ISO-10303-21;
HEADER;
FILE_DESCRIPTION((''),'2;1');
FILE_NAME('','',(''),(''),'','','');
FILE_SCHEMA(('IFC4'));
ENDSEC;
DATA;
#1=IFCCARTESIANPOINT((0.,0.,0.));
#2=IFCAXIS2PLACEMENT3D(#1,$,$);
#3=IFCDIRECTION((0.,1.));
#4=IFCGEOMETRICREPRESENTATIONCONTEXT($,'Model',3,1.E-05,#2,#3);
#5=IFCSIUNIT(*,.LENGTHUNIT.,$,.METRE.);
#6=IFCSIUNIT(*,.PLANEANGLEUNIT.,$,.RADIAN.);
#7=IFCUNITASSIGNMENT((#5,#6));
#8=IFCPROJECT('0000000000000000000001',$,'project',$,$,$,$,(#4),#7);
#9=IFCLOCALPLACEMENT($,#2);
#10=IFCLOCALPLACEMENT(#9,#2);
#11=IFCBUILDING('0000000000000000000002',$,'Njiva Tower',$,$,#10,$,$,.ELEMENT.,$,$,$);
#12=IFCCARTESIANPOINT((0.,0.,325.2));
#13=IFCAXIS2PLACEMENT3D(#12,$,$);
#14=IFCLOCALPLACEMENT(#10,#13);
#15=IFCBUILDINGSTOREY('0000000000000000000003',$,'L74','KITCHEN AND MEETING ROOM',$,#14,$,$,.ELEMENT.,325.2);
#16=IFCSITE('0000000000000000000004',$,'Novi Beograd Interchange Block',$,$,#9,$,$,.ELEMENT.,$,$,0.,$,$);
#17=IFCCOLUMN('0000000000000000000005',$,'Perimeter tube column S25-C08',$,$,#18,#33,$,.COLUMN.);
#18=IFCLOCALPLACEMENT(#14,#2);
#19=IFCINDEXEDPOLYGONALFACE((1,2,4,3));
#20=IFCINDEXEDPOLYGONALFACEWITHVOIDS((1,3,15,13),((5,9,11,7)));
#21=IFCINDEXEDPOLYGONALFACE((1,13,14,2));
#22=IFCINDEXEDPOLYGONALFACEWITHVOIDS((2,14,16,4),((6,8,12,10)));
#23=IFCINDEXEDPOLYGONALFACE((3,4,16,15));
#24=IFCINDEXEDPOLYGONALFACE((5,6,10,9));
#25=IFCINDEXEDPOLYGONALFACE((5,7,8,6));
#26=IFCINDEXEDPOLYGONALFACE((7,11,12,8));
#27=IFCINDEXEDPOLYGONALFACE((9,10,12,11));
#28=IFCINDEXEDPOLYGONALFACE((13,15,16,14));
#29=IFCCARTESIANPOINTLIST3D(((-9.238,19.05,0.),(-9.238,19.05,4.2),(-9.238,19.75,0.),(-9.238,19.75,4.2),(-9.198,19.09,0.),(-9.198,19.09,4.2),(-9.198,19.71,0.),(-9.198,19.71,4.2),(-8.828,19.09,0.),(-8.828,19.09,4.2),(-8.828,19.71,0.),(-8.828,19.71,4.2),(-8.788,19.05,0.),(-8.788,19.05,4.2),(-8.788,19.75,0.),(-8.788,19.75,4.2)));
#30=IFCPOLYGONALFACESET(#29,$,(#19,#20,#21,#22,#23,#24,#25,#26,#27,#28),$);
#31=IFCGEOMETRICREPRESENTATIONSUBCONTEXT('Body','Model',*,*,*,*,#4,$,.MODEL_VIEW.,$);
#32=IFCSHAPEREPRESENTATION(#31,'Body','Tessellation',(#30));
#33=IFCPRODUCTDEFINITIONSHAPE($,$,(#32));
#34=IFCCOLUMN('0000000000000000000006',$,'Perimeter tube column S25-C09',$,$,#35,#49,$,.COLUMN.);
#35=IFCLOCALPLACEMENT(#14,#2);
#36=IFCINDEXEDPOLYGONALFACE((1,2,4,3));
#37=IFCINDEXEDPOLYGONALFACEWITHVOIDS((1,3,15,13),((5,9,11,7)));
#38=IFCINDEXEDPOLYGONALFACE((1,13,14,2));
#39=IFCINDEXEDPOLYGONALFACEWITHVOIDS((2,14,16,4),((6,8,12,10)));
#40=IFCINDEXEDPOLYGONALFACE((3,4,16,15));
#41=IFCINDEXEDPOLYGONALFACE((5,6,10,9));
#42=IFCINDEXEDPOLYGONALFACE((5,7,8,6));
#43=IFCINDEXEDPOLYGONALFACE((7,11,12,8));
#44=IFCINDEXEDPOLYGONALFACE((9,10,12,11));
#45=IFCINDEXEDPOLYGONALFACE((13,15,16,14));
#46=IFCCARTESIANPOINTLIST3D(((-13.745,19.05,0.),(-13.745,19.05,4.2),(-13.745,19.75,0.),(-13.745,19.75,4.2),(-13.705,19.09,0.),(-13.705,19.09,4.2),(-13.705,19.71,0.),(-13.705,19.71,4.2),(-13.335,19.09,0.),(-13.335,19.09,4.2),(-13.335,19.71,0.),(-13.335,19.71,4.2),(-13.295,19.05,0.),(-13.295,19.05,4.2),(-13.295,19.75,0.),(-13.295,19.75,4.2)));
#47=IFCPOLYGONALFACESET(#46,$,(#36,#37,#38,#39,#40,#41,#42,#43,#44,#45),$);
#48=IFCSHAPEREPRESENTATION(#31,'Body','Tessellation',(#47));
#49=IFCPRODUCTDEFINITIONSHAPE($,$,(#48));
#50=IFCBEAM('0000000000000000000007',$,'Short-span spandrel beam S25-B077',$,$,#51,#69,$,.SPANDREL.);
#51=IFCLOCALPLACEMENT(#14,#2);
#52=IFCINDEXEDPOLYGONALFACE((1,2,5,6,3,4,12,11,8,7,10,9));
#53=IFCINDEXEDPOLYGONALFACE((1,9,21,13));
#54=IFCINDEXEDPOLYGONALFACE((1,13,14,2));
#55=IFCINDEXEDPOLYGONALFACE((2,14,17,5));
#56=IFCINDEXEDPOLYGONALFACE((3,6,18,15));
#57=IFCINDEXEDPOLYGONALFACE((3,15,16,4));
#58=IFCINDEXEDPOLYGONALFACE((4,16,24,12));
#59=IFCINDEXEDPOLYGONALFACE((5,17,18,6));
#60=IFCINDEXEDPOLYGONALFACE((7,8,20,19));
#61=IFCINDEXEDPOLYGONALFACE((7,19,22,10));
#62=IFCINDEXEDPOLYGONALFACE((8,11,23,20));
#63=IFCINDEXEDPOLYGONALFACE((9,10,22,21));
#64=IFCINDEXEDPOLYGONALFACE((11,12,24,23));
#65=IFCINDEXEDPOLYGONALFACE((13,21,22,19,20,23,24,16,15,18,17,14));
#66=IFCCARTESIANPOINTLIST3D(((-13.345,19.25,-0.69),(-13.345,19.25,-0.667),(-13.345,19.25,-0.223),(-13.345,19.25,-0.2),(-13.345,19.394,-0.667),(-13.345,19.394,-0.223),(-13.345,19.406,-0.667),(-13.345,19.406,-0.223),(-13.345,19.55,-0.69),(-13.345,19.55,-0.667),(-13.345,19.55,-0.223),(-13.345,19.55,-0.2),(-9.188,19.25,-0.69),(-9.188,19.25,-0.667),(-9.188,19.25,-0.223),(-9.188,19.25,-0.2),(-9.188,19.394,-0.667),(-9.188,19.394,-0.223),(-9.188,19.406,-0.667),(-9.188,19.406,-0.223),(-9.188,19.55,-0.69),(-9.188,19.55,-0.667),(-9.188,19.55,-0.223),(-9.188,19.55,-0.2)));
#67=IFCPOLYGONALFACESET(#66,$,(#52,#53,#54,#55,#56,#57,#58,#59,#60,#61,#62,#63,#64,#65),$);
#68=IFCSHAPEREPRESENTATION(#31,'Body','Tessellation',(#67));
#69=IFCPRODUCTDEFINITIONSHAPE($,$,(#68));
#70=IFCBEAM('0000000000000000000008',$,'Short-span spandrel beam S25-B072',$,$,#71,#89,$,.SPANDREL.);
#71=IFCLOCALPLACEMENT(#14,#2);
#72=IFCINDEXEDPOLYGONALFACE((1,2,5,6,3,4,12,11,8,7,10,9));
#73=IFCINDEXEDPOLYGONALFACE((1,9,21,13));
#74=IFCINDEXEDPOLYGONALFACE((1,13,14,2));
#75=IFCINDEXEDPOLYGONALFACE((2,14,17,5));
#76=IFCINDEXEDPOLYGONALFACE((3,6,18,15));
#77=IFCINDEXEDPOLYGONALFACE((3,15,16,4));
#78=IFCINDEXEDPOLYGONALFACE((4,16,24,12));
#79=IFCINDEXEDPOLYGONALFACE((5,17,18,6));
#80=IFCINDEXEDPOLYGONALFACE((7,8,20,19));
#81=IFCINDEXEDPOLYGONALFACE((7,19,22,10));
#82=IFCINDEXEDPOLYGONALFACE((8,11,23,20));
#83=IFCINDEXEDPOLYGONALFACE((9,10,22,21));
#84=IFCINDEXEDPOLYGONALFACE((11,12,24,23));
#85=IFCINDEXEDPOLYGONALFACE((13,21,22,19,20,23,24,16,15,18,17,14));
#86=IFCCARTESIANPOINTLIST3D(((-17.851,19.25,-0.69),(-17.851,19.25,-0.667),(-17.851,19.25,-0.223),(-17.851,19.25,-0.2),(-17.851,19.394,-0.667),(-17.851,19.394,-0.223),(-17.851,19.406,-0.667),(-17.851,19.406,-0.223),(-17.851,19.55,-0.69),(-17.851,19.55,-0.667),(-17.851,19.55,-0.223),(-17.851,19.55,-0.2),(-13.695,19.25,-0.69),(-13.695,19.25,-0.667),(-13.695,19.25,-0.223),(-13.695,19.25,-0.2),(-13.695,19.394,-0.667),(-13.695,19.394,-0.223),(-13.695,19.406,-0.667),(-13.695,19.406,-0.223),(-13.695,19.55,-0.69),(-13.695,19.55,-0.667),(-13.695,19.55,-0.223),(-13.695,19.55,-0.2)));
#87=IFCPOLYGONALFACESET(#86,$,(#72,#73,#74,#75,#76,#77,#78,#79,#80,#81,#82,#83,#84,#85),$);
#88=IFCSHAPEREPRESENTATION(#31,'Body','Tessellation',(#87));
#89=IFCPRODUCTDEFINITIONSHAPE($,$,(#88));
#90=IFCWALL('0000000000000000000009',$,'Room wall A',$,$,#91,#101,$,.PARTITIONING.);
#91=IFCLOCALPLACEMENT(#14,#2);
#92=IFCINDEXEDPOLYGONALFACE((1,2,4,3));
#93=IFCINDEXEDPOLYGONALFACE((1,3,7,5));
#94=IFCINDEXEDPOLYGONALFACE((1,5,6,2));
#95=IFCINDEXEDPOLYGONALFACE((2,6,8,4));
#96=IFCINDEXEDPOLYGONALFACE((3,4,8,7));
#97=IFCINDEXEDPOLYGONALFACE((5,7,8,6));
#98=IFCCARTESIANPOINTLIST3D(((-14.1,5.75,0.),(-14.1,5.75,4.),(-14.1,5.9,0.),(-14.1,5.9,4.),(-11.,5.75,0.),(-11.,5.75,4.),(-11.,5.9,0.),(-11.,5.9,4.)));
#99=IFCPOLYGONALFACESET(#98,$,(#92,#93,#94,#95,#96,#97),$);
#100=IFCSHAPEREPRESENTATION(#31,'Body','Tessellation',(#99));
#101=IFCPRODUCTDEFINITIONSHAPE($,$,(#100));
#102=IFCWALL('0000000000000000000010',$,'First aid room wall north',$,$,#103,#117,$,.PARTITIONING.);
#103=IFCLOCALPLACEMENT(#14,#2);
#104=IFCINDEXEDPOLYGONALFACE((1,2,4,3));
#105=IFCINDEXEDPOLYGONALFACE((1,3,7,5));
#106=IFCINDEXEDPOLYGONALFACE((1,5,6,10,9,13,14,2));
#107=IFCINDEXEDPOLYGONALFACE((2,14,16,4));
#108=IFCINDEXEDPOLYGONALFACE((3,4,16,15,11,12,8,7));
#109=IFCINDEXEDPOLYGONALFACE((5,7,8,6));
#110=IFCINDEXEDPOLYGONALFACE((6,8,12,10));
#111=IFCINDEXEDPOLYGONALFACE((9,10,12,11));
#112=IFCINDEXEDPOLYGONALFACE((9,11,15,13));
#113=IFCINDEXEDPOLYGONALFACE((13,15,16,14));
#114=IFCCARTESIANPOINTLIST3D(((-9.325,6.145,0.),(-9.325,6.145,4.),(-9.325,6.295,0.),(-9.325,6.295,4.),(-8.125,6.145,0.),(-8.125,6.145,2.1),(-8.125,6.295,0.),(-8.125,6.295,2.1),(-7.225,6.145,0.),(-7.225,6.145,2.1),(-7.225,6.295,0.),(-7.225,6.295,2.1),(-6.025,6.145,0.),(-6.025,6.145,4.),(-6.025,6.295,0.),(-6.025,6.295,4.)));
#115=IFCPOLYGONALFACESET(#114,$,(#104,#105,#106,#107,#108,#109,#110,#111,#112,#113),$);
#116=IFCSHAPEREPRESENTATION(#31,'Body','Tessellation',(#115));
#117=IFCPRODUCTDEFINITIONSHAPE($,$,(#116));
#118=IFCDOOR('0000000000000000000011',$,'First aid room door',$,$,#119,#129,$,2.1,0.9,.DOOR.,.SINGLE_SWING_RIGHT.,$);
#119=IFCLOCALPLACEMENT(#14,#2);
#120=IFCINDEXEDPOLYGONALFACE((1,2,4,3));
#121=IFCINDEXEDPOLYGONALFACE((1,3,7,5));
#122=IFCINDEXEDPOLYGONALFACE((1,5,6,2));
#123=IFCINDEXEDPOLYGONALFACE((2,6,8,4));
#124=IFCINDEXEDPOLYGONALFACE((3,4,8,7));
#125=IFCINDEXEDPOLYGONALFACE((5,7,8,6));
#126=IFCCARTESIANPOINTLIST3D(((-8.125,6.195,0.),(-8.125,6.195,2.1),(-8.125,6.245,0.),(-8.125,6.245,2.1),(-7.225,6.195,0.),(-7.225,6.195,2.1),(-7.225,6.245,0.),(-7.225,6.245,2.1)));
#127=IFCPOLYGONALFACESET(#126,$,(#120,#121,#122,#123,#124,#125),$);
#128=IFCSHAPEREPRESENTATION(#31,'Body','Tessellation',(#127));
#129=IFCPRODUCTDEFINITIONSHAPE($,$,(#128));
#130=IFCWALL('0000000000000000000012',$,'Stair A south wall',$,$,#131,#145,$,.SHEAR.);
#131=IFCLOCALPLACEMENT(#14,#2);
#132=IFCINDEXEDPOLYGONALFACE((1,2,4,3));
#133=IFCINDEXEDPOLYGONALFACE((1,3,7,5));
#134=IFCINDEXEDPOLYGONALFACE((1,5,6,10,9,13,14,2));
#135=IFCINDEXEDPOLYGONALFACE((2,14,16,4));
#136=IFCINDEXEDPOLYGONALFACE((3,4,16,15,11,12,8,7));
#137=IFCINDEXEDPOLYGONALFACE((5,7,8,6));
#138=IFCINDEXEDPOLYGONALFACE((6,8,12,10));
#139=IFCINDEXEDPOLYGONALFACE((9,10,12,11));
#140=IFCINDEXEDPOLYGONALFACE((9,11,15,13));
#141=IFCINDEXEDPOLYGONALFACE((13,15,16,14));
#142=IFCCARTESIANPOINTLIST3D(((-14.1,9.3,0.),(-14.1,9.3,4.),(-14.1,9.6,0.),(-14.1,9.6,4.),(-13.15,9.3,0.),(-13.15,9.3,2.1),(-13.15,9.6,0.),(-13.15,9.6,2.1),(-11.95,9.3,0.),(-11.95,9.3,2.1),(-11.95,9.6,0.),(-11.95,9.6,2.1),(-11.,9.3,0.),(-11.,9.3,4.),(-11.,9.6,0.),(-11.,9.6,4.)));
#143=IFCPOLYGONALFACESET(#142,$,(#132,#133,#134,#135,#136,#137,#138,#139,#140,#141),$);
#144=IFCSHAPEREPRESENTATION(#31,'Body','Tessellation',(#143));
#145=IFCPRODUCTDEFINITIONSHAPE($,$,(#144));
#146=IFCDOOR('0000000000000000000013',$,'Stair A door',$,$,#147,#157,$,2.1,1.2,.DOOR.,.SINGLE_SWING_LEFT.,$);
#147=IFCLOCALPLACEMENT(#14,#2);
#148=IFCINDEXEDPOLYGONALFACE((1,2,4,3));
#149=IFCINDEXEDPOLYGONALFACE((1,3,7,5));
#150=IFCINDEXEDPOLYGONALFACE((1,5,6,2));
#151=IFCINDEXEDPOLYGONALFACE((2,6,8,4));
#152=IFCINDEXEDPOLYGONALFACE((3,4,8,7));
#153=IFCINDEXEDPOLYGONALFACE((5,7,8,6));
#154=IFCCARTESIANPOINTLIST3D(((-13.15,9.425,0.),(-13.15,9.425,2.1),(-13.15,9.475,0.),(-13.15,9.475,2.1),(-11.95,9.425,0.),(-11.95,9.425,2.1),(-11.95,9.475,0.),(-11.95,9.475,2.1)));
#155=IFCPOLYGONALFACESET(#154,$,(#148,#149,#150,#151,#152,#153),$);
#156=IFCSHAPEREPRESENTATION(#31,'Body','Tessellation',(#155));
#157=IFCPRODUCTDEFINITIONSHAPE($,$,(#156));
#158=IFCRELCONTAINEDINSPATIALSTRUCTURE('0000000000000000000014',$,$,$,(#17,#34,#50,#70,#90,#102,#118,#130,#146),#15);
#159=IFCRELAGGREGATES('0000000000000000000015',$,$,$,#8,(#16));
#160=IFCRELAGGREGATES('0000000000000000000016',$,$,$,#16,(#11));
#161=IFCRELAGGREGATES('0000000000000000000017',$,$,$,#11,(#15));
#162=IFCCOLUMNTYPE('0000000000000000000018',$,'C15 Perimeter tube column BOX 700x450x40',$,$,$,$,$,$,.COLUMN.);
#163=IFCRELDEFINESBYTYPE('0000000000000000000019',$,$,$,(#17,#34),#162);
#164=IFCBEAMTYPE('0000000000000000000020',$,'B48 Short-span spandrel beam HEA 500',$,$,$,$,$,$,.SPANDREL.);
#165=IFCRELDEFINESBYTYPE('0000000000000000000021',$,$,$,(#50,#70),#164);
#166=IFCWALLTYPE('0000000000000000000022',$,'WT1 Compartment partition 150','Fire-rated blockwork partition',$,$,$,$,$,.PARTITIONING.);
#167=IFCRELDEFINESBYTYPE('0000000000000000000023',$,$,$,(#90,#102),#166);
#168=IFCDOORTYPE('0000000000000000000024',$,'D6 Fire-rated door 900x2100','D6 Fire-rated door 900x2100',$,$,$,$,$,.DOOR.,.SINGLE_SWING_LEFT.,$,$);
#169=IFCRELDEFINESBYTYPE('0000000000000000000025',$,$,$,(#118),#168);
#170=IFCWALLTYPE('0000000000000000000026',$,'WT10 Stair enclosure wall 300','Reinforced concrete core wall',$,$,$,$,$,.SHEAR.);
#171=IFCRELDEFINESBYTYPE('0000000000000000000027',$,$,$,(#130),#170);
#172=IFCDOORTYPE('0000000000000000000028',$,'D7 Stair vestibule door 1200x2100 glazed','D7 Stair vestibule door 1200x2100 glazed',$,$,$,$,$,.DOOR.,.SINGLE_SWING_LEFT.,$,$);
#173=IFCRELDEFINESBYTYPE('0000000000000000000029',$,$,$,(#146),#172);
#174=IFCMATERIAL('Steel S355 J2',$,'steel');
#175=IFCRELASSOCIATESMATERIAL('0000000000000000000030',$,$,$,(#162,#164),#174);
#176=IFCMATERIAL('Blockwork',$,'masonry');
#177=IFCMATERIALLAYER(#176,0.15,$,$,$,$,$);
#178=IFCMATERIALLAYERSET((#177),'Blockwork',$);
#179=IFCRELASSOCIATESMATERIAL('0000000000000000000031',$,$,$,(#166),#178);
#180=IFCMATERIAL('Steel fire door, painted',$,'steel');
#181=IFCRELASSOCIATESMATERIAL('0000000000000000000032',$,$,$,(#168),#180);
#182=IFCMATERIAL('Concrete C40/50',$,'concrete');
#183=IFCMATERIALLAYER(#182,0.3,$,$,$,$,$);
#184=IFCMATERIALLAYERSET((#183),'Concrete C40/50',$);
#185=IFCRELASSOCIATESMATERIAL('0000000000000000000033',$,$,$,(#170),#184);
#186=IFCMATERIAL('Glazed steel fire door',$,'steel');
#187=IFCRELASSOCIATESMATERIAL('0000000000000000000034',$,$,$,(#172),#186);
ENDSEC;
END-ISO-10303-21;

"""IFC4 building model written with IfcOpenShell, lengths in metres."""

from ifc_helpers import new_model, si_unit, direction, frame, frame_2d, origin, origin_2d, place, context, subcontext, project, spatial, rectangle, hollow_rectangle, i_section, extrude, material, layer, layer_set, material_profile, profile_set, type_object, element, fill, save


model = new_model("IFC4")

# Units and contexts
model_context = context("Model", 3, precision=1e-05, world=origin(), true_north=direction((0.0, 1.0)))
body_context = subcontext(model_context, "Body", "Model", "MODEL_VIEW")
ifc_project = project(units=[si_unit("LENGTHUNIT", "METRE"), si_unit("PLANEANGLEUNIT", "RADIAN")], contexts=[model_context])

# Site, building, storey
site_placement = place(None, origin())
site = spatial("IfcSite", under=ifc_project, at=site_placement, Name="Novi Beograd Interchange Block", CompositionType="ELEMENT", RefElevation=0.0)
building_placement = place(site_placement, origin())
building = spatial("IfcBuilding", under=site, at=building_placement, Name="Njiva Tower", CompositionType="ELEMENT")
storey_placement = place(building_placement, frame((0.0, 0.0, 325.2)))
storey = spatial("IfcBuildingStorey", under=building, at=storey_placement, Name="L74", Description="KITCHEN AND MEETING ROOM", CompositionType="ELEMENT", Elevation=325.2)

# Columns
ifc_material_1 = material(Name="Steel S355 J2", Category="steel")
ifc_material_profile_1 = material_profile(ifc_material_1, hollow_rectangle(XDim=0.45, YDim=0.7, WallThickness=0.04, at=origin_2d()), Name="BOX 700x450x40")
ifc_profile_set_1 = profile_set([ifc_material_profile_1], Name="Steel S355 J2")
column_type = type_object("IfcColumnType", Name="C15 Perimeter tube column BOX 700x450x40", PredefinedType="COLUMN", material=ifc_profile_set_1)
for number, where, z_axis, x_axis, name in (
    (1, (-9.013, 19.4, 0.0), (0.0, 0.0, 1.0), (-1.0, 0.0, 0.0), "Perimeter tube column S25-C08"),
    (2, (-13.52, 19.4, 0.0), (0.0, 0.0, 1.0), (-1.0, 0.0, 0.0), "Perimeter tube column S25-C09"),
):
    element("IfcColumn", number, at=place(storey_placement, frame(where, z_axis=z_axis, x_axis=x_axis)), inside=storey, type_object=column_type, Name=name, PredefinedType="COLUMN", context=body_context, shape_type="SweptSolid", body=[
        extrude(hollow_rectangle(XDim=0.45, YDim=0.7, WallThickness=0.04, at=origin_2d()), origin(), (0.0, 0.0, 1.0), 4.2),
    ])

# Beams
ifc_material_profile_2 = material_profile(ifc_material_1, i_section(OverallWidth=0.3, OverallDepth=0.49, WebThickness=0.012, FlangeThickness=0.023, at=origin_2d()), Name="HEA 500")
ifc_profile_set_2 = profile_set([ifc_material_profile_2], Name="Steel S355 J2")
beam_type = type_object("IfcBeamType", Name="B48 Short-span spandrel beam HEA 500", PredefinedType="SPANDREL", material=ifc_profile_set_2)
beam_1_placement = place(storey_placement, frame((-9.188, 19.4, -0.445), z_axis=(-1.0, 0.0, 0.0), x_axis=(0.0, -1.0, 0.0)))
element("IfcBeam", 3, at=beam_1_placement, inside=storey, type_object=beam_type, Name="Short-span spandrel beam S25-B077", PredefinedType="SPANDREL", context=body_context, shape_type="SweptSolid", body=[
    extrude(i_section(OverallWidth=0.3, OverallDepth=0.49, WebThickness=0.012, FlangeThickness=0.023, at=origin_2d()), origin(), (0.0, 0.0, 1.0), 4.157),
])
beam_2_placement = place(storey_placement, frame((-13.695, 19.4, -0.445), z_axis=(-1.0, 0.0, 0.0), x_axis=(0.0, -1.0, 0.0)))
element("IfcBeam", 4, at=beam_2_placement, inside=storey, type_object=beam_type, Name="Short-span spandrel beam S25-B072", PredefinedType="SPANDREL", context=body_context, shape_type="SweptSolid", body=[
    extrude(i_section(OverallWidth=0.3, OverallDepth=0.49, WebThickness=0.012, FlangeThickness=0.023, at=origin_2d()), origin(), (0.0, 0.0, 1.0), 4.156),
])

# Wall
ifc_material_2 = material(Name="Blockwork", Category="masonry")
ifc_layer_1 = layer(ifc_material_2, 0.15)
ifc_layer_set_1 = layer_set([ifc_layer_1], Name="Blockwork")
wall_type_1 = type_object("IfcWallType", Name="WT1 Compartment partition 150", Description="Fire-rated blockwork partition", PredefinedType="PARTITIONING", material=ifc_layer_set_1)
wall_1_placement = place(storey_placement, frame((-14.1, 5.825, 0.0), z_axis=(0.0, 0.0, 1.0), x_axis=(1.0, 0.0, 0.0)))
element("IfcWall", 5, at=wall_1_placement, inside=storey, type_object=wall_type_1, Name="Room wall A", PredefinedType="PARTITIONING", context=body_context, shape_type="SweptSolid", body=[
    extrude(rectangle(XDim=3.1, YDim=0.15, at=frame_2d((1.55, 0.0))), origin(), (0.0, 0.0, 1.0), 4.0),
])

# Walls, openings, doors
wall_2_placement = place(storey_placement, frame((-9.325, 6.22, 0.0), z_axis=(0.0, 0.0, 1.0), x_axis=(1.0, 0.0, 0.0)))
wall_2 = element("IfcWall", 6, at=wall_2_placement, inside=storey, type_object=wall_type_1, Name="First aid room wall north", PredefinedType="PARTITIONING", context=body_context, shape_type="SweptSolid", body=[
    extrude(rectangle(XDim=3.3, YDim=0.15, at=frame_2d((1.65, 0.0))), origin(), (0.0, 0.0, 1.0), 4.0),
])
opening_1_placement = place(wall_2_placement, frame((1.2, 0.0, 0.0)))
opening_1 = element("IfcOpeningElement", 7, at=opening_1_placement, cuts=wall_2, PredefinedType="OPENING", context=body_context, shape_type="SweptSolid", body=[
    extrude(rectangle(XDim=0.9, YDim=2.1, at=frame_2d((0.45, 1.05))), frame((0.0, 0.085, 0.0), z_axis=(0.0, -1.0, 0.0), x_axis=(1.0, 0.0, 0.0)), (0.0, 0.0, 1.0), 0.17),
])
ifc_material_3 = material(Name="Steel fire door, painted", Category="steel")
door_type_1 = type_object("IfcDoorType", Name="D6 Fire-rated door 900x2100", Description="D6 Fire-rated door 900x2100", OperationType="SINGLE_SWING_LEFT", PredefinedType="DOOR", material=ifc_material_3)
door_1_placement = place(opening_1_placement, origin())
door_1 = element("IfcDoor", 8, at=door_1_placement, inside=storey, type_object=door_type_1, Name="First aid room door", OperationType="SINGLE_SWING_RIGHT", OverallHeight=2.1, OverallWidth=0.9, PredefinedType="DOOR", context=body_context, shape_type="SweptSolid", body=[
    extrude(rectangle(XDim=0.9, YDim=2.1, at=frame_2d((0.45, 1.05))), frame((0.0, 0.025, 0.0), z_axis=(0.0, -1.0, 0.0), x_axis=(1.0, 0.0, 0.0)), (0.0, 0.0, 1.0), 0.05),
])
fill(opening_1, door_1)
ifc_material_4 = material(Name="Concrete C40/50", Category="concrete")
ifc_layer_2 = layer(ifc_material_4, 0.3)
ifc_layer_set_2 = layer_set([ifc_layer_2], Name="Concrete C40/50")
wall_type_2 = type_object("IfcWallType", Name="WT10 Stair enclosure wall 300", Description="Reinforced concrete core wall", PredefinedType="SHEAR", material=ifc_layer_set_2)
wall_3_placement = place(storey_placement, frame((-14.1, 9.45, 0.0), z_axis=(0.0, 0.0, 1.0), x_axis=(1.0, 0.0, 0.0)))
wall_3 = element("IfcWall", 9, at=wall_3_placement, inside=storey, type_object=wall_type_2, Name="Stair A south wall", PredefinedType="SHEAR", context=body_context, shape_type="SweptSolid", body=[
    extrude(rectangle(XDim=3.1, YDim=0.3, at=frame_2d((1.55, 0.0))), origin(), (0.0, 0.0, 1.0), 4.0),
])
opening_2_placement = place(wall_3_placement, frame((0.95, 0.0, 0.0)))
opening_2 = element("IfcOpeningElement", 10, at=opening_2_placement, cuts=wall_3, PredefinedType="OPENING", context=body_context, shape_type="SweptSolid", body=[
    extrude(rectangle(XDim=1.2, YDim=2.1, at=frame_2d((0.6, 1.05))), frame((0.0, 0.16, 0.0), z_axis=(0.0, -1.0, 0.0), x_axis=(1.0, 0.0, 0.0)), (0.0, 0.0, 1.0), 0.32),
])
ifc_material_5 = material(Name="Glazed steel fire door", Category="steel")
door_type_2 = type_object("IfcDoorType", Name="D7 Stair vestibule door 1200x2100 glazed", Description="D7 Stair vestibule door 1200x2100 glazed", OperationType="SINGLE_SWING_LEFT", PredefinedType="DOOR", material=ifc_material_5)
door_2_placement = place(opening_2_placement, origin())
door_2 = element("IfcDoor", 11, at=door_2_placement, inside=storey, type_object=door_type_2, Name="Stair A door", OperationType="SINGLE_SWING_LEFT", OverallHeight=2.1, OverallWidth=1.2, PredefinedType="DOOR", context=body_context, shape_type="SweptSolid", body=[
    extrude(rectangle(XDim=1.2, YDim=2.1, at=frame_2d((0.6, 1.05))), frame((0.0, 0.025, 0.0), z_axis=(0.0, -1.0, 0.0), x_axis=(1.0, 0.0, 0.0)), (0.0, 0.0, 1.0), 0.05),
])
fill(opening_2, door_2)

save(model, "model.ifc")
